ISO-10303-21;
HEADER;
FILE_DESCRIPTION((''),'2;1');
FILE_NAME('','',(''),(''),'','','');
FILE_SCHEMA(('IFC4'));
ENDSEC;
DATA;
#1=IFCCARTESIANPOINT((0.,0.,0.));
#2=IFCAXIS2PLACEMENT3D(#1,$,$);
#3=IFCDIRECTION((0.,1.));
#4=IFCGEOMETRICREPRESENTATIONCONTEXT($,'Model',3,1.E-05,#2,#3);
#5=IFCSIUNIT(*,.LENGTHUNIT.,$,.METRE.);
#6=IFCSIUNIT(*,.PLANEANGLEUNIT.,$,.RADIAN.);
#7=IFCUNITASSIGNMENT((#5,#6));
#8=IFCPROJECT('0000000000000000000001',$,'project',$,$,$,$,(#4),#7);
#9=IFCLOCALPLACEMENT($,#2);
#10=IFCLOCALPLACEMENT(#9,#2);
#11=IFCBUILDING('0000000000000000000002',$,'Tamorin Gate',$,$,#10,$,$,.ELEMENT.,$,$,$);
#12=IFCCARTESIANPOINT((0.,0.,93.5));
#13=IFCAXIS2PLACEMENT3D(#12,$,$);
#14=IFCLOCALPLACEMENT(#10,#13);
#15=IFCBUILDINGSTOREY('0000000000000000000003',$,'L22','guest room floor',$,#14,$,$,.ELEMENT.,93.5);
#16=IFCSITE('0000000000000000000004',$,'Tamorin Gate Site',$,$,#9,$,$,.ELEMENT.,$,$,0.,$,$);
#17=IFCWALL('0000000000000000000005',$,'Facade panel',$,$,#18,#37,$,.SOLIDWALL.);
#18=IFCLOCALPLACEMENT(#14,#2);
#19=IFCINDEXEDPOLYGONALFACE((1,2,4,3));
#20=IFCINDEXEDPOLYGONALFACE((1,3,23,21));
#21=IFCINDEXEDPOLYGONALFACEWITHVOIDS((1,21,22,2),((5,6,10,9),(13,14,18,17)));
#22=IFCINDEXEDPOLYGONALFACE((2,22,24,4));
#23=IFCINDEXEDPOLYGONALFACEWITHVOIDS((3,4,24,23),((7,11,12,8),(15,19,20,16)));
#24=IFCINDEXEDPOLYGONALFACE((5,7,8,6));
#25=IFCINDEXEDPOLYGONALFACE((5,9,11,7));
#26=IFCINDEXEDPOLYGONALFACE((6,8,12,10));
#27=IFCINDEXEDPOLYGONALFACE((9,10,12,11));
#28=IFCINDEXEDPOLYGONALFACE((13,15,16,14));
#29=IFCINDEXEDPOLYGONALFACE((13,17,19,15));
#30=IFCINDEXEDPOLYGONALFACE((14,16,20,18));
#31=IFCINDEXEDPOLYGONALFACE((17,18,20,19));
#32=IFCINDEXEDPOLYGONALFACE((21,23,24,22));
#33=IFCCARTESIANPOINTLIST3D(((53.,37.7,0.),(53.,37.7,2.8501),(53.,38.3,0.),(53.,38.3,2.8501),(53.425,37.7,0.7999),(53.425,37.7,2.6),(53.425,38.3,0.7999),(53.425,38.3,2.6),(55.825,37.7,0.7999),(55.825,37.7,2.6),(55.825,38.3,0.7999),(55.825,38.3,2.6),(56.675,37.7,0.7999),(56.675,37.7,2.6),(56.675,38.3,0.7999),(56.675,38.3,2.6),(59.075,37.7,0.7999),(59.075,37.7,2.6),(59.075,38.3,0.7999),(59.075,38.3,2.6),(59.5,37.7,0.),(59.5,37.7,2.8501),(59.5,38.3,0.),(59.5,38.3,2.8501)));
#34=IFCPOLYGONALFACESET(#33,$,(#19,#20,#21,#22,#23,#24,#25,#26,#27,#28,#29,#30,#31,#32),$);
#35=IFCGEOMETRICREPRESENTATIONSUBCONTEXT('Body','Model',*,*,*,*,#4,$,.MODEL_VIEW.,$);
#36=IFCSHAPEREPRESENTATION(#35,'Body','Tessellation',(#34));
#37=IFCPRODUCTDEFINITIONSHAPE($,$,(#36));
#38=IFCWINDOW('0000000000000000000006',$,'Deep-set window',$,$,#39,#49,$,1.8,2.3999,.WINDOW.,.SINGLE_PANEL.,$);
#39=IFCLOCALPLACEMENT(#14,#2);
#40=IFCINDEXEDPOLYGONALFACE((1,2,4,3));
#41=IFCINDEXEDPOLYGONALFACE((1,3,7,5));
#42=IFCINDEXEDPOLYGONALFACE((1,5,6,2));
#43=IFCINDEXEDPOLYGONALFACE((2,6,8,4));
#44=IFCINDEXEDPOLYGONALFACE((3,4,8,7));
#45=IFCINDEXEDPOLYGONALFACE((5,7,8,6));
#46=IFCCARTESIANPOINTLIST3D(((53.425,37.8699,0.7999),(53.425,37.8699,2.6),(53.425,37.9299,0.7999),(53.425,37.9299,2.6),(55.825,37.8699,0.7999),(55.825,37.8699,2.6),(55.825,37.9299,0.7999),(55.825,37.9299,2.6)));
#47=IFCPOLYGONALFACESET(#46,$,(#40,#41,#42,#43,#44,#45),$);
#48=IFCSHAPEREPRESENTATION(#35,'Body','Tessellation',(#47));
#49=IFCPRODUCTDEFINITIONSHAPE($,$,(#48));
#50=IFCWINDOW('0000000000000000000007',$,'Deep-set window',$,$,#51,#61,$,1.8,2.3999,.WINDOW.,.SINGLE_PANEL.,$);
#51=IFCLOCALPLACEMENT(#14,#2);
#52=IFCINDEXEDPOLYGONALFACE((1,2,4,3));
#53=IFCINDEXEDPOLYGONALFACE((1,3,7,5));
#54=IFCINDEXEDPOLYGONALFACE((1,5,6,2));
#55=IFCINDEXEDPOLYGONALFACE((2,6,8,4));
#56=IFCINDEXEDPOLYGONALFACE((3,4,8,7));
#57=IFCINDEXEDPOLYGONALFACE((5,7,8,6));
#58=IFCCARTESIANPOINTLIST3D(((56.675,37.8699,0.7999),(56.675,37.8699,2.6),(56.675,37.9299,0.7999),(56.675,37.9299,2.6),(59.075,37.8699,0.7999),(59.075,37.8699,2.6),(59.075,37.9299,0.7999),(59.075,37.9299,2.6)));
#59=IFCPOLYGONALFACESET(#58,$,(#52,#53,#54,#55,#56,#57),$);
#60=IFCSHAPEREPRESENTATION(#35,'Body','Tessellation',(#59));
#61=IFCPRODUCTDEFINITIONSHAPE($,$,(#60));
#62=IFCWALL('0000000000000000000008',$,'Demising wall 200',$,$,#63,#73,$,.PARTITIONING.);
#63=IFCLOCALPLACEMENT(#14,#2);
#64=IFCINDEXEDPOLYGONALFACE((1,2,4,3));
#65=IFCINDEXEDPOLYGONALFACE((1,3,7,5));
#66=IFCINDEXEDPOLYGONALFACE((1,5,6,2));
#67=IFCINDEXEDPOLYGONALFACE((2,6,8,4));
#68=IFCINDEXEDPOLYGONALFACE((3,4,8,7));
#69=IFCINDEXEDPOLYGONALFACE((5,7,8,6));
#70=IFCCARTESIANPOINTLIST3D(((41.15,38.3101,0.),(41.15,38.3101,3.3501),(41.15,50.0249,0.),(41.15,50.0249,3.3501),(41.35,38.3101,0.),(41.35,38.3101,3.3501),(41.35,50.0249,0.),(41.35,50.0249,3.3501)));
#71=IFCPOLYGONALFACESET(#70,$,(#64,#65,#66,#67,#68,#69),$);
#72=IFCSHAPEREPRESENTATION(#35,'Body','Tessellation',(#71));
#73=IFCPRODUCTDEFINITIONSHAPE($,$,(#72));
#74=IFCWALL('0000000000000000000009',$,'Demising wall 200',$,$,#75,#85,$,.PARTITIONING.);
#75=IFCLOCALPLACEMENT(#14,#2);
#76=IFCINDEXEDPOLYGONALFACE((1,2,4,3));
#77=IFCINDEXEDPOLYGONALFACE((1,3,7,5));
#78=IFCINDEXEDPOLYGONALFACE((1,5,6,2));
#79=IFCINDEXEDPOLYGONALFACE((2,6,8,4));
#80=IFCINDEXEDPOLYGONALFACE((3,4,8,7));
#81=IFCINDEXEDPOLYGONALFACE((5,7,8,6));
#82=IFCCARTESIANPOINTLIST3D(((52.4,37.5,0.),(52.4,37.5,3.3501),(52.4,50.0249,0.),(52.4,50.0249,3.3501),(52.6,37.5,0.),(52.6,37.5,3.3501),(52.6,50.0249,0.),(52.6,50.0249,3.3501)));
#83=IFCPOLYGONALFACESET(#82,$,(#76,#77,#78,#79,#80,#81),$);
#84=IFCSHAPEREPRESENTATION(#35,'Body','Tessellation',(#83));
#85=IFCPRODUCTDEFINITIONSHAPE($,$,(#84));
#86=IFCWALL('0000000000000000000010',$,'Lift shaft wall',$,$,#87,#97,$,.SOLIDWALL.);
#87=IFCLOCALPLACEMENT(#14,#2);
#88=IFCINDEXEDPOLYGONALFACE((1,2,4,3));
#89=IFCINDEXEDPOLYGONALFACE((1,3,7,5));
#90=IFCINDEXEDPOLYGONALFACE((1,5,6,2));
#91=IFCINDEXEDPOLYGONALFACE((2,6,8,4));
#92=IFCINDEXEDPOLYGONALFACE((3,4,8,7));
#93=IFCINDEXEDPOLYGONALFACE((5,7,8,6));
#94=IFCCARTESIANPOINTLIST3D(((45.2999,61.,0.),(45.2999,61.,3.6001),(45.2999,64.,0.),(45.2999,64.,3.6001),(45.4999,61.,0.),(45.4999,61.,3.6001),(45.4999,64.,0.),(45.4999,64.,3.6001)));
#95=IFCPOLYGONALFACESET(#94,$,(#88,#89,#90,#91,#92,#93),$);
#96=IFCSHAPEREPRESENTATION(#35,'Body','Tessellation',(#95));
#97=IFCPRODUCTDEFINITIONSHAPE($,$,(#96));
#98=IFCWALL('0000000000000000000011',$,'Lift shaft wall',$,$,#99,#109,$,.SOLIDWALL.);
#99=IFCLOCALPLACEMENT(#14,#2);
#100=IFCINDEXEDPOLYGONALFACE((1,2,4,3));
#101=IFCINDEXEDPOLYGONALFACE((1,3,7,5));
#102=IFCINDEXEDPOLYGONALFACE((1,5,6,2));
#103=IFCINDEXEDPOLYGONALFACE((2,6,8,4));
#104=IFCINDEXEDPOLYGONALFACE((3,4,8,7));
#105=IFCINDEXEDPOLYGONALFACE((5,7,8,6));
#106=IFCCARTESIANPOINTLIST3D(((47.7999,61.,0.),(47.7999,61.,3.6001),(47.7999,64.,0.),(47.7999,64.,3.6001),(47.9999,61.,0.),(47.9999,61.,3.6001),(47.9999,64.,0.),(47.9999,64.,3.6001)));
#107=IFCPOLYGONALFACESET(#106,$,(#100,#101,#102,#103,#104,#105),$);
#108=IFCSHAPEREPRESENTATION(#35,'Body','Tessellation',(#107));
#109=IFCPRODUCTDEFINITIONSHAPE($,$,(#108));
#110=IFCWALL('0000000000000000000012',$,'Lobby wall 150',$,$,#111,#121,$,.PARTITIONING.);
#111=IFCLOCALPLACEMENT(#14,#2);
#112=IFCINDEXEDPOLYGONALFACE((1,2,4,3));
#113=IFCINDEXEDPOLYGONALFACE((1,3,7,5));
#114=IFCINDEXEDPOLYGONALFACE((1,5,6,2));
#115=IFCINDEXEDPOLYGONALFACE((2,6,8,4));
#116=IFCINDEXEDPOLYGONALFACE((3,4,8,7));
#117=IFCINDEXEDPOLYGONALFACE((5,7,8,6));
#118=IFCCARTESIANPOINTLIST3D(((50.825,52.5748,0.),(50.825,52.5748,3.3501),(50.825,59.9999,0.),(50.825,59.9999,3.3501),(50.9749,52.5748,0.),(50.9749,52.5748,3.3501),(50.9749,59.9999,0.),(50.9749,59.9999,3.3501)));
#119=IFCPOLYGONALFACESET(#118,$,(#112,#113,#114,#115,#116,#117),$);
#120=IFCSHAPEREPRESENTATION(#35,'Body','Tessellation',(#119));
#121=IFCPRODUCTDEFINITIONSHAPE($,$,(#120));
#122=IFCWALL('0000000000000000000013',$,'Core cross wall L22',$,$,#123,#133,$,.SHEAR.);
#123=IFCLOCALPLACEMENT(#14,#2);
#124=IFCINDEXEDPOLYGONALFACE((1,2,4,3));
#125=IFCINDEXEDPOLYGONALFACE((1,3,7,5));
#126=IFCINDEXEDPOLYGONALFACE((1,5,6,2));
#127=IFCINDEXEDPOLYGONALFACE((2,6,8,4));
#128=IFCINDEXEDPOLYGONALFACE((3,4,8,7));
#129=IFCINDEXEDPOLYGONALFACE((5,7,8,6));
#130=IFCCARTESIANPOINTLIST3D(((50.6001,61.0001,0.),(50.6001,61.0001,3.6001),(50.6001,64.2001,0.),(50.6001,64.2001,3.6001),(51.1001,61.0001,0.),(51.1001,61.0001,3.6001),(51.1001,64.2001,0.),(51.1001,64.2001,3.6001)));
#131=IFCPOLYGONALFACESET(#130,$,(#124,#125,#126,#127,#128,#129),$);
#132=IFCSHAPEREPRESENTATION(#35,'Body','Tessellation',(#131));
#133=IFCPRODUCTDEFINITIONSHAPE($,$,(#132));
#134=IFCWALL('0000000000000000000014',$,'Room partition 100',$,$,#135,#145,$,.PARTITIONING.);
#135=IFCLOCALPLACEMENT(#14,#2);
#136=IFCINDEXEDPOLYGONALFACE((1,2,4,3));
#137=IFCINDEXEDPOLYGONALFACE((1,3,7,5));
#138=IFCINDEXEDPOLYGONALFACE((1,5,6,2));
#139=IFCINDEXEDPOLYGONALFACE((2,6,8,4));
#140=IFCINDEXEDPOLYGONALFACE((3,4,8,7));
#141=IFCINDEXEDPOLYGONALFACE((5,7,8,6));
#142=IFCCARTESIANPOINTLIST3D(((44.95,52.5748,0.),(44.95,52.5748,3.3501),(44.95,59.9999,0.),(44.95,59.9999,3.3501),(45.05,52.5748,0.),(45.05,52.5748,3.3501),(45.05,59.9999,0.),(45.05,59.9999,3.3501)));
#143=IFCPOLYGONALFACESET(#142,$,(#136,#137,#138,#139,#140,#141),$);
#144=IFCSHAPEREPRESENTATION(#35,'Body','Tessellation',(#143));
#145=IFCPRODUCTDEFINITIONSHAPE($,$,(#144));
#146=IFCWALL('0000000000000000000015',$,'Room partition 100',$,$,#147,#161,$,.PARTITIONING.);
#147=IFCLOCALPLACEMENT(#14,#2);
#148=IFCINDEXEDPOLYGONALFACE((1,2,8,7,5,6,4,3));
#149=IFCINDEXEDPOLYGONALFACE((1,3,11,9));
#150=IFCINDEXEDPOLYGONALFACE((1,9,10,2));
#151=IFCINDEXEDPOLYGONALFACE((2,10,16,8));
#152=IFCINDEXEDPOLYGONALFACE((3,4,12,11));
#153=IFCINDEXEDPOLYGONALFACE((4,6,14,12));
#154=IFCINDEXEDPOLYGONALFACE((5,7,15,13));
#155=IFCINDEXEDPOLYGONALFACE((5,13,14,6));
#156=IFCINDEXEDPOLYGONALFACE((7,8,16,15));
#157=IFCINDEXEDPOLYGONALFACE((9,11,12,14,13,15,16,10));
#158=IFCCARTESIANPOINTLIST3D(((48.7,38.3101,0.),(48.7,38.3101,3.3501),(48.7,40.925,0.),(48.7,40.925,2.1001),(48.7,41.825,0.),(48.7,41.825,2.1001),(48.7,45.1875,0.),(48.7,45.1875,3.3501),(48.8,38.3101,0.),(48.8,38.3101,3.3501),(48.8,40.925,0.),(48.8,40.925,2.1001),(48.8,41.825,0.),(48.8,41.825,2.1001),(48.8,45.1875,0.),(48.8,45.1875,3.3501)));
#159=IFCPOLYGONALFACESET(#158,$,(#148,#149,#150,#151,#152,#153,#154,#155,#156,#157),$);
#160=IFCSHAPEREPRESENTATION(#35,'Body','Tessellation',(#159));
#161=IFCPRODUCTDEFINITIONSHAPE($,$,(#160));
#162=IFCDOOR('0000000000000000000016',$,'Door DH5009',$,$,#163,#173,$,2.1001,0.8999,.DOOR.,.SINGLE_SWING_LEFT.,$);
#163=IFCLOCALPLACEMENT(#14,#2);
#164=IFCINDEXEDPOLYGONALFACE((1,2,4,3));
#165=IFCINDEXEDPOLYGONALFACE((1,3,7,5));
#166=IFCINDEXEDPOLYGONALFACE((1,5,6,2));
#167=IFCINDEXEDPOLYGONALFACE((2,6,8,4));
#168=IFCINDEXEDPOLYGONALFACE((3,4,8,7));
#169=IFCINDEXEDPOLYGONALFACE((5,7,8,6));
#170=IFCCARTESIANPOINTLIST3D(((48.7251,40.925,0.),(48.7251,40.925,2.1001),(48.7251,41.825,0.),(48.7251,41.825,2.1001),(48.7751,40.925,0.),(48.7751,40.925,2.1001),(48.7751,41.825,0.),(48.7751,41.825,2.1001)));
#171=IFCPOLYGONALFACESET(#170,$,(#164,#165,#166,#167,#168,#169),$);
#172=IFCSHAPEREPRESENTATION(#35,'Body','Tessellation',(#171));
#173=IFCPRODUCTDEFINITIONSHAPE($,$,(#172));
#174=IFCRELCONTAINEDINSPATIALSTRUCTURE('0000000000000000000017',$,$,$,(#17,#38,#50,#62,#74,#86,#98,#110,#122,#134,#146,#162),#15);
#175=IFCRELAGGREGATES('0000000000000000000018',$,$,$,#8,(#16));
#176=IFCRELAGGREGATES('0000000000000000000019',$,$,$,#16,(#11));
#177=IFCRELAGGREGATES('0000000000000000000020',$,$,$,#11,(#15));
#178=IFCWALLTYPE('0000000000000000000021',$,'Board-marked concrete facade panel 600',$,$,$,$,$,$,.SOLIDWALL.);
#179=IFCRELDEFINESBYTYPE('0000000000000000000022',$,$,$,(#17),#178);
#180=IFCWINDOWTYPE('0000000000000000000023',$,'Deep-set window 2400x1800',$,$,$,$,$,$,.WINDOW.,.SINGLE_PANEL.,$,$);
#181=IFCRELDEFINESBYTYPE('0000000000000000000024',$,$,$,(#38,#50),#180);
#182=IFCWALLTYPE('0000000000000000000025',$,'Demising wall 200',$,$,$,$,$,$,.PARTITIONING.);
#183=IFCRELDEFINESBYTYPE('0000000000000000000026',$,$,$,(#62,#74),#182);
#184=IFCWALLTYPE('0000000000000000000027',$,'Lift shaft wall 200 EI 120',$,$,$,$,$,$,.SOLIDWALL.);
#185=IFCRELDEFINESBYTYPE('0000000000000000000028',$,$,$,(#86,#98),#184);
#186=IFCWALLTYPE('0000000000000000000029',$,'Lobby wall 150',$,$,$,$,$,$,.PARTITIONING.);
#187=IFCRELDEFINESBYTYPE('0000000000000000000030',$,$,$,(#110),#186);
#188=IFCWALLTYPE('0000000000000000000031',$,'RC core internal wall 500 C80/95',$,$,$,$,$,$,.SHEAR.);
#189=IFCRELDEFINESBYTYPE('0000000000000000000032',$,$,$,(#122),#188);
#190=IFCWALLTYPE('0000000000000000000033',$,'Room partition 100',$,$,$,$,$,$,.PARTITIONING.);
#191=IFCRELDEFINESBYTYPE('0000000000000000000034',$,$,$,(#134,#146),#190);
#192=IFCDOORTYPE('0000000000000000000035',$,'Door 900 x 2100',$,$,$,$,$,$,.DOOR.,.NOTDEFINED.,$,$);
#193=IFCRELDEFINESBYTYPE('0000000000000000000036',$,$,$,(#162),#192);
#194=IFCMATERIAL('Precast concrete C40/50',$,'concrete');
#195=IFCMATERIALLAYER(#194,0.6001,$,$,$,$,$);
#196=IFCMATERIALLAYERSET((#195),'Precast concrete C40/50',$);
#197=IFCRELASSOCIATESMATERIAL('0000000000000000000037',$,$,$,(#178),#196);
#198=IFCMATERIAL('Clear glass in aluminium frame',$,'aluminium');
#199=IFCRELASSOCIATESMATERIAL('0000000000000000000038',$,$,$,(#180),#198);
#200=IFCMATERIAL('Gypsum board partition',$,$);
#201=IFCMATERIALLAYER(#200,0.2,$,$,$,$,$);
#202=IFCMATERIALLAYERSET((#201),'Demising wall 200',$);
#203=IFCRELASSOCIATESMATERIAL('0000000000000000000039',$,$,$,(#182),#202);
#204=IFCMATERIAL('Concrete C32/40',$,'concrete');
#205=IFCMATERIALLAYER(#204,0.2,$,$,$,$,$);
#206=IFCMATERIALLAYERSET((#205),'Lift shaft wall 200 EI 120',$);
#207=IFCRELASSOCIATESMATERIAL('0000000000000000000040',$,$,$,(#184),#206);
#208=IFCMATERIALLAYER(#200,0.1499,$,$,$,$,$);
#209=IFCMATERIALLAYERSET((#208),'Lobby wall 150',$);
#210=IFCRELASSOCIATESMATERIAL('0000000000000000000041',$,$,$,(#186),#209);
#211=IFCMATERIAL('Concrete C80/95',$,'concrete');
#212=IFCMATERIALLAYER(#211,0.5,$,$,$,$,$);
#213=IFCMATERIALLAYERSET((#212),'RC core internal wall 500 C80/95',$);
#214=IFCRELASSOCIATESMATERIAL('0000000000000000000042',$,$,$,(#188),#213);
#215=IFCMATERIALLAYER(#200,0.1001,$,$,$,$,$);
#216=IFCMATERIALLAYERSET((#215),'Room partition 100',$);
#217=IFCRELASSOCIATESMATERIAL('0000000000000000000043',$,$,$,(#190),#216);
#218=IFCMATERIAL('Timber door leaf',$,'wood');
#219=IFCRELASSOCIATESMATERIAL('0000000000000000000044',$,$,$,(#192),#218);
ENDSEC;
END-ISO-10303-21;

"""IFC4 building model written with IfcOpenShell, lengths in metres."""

from ifc_helpers import new_model, si_unit, direction, frame, frame_2d, origin, place, context, subcontext, project, spatial, rectangle, extrude, material, layer, layer_set, type_object, element, fill, save


model = new_model("IFC4")

# Units and contexts
model_context = context("Model", 3, precision=1e-05, world=origin(), true_north=direction((0.0, 1.0)))
body_context = subcontext(model_context, "Body", "Model", "MODEL_VIEW")
ifc_project = project(units=[si_unit("LENGTHUNIT", "METRE"), si_unit("PLANEANGLEUNIT", "RADIAN")], contexts=[model_context])

# Site, building, storey
site_placement = place(None, origin())
site = spatial("IfcSite", under=ifc_project, at=site_placement, Name="Tamorin Gate Site", CompositionType="ELEMENT", RefElevation=0.0)
building_placement = place(site_placement, origin())
building = spatial("IfcBuilding", under=site, at=building_placement, Name="Tamorin Gate", CompositionType="ELEMENT")
storey_placement = place(building_placement, frame((0.0, 0.0, 93.5)))
storey = spatial("IfcBuildingStorey", under=building, at=storey_placement, Name="L22", Description="guest room floor", CompositionType="ELEMENT", Elevation=93.5)

# Shared definitions
ifc_material_1 = material(Name="Concrete C80/95", Category="concrete")

# Wall, openings, windows
ifc_material_2 = material(Name="Precast concrete C40/50", Category="concrete")
ifc_layer_1 = layer(ifc_material_2, 0.6001)
ifc_layer_set_1 = layer_set([ifc_layer_1], Name="Precast concrete C40/50")
wall_type_1 = type_object("IfcWallType", Name="Board-marked concrete facade panel 600", PredefinedType="SOLIDWALL", material=ifc_layer_set_1)
ifc_material_3 = material(Name="Clear glass in aluminium frame", Category="aluminium")
window_type = type_object("IfcWindowType", Name="Deep-set window 2400x1800", PartitioningType="SINGLE_PANEL", PredefinedType="WINDOW", material=ifc_material_3)
wall_1_placement = place(storey_placement, frame((53.0, 38.0, 0.0), z_axis=(0.0, 0.0, 1.0), x_axis=(1.0, 0.0, 0.0)))
wall_1 = element("IfcWall", 1, at=wall_1_placement, inside=storey, type_object=wall_type_1, Name="Facade panel", PredefinedType="SOLIDWALL", context=body_context, shape_type="SweptSolid", body=[
    extrude(rectangle(XDim=6.5, YDim=0.6001, at=frame_2d((3.25, 0.0))), origin(), (0.0, 0.0, 1.0), 2.8501),
])
opening_1_placement = place(wall_1_placement, frame((0.425, 0.0, 0.8)))
opening_1 = element("IfcOpeningElement", 2, at=opening_1_placement, cuts=wall_1, PredefinedType="OPENING", context=body_context, shape_type="SweptSolid", body=[
    extrude(rectangle(XDim=2.3999, YDim=1.8, at=frame_2d((1.2, 0.8999))), frame((0.0, 0.3101, 0.0), z_axis=(0.0, -1.0, 0.0), x_axis=(1.0, 0.0, 0.0)), (0.0, 0.0, 1.0), 0.6201),
])
opening_2_placement = place(wall_1_placement, frame((3.675, 0.0, 0.8)))
opening_2 = element("IfcOpeningElement", 3, at=opening_2_placement, cuts=wall_1, PredefinedType="OPENING", context=body_context, shape_type="SweptSolid", body=[
    extrude(rectangle(XDim=2.3999, YDim=1.8, at=frame_2d((1.2, 0.8999))), frame((0.0, 0.3101, 0.0), z_axis=(0.0, -1.0, 0.0), x_axis=(1.0, 0.0, 0.0)), (0.0, 0.0, 1.0), 0.6201),
])
window_1_placement = place(opening_1_placement, origin())
window_1 = element("IfcWindow", 4, at=window_1_placement, inside=storey, type_object=window_type, Name="Deep-set window", OverallHeight=1.8, OverallWidth=2.3999, PartitioningType="SINGLE_PANEL", PredefinedType="WINDOW", context=body_context, shape_type="SweptSolid", body=[
    extrude(rectangle(XDim=2.3999, YDim=1.8, at=frame_2d((1.2, 0.8999))), frame((0.0, -0.0701, 0.0), z_axis=(0.0, -1.0, 0.0), x_axis=(1.0, 0.0, 0.0)), (0.0, 0.0, 1.0), 0.0601),
])
fill(opening_1, window_1)
window_2_placement = place(opening_2_placement, origin())
window_2 = element("IfcWindow", 5, at=window_2_placement, inside=storey, type_object=window_type, Name="Deep-set window", OverallHeight=1.8, OverallWidth=2.3999, PartitioningType="SINGLE_PANEL", PredefinedType="WINDOW", context=body_context, shape_type="SweptSolid", body=[
    extrude(rectangle(XDim=2.3999, YDim=1.8, at=frame_2d((1.2, 0.8999))), frame((0.0, -0.0701, 0.0), z_axis=(0.0, -1.0, 0.0), x_axis=(1.0, 0.0, 0.0)), (0.0, 0.0, 1.0), 0.0601),
])
fill(opening_2, window_2)

# Walls
ifc_material_4 = material(Name="Gypsum board partition")
ifc_layer_2 = layer(ifc_material_4, 0.2)
ifc_layer_set_2 = layer_set([ifc_layer_2], Name="Demising wall 200")
wall_type_2 = type_object("IfcWallType", Name="Demising wall 200", PredefinedType="PARTITIONING", material=ifc_layer_set_2)
wall_2_placement = place(storey_placement, frame((41.25, 38.3101, 0.0), z_axis=(0.0, 0.0, 1.0), x_axis=(0.0, 1.0, 0.0)))
element("IfcWall", 6, at=wall_2_placement, inside=storey, type_object=wall_type_2, Name="Demising wall 200", PredefinedType="PARTITIONING", context=body_context, shape_type="SweptSolid", body=[
    extrude(rectangle(XDim=11.7148, YDim=0.2, at=frame_2d((5.8574, 0.0))), origin(), (0.0, 0.0, 1.0), 3.3501),
])
wall_3_placement = place(storey_placement, frame((52.5, 37.5, 0.0), z_axis=(0.0, 0.0, 1.0), x_axis=(0.0, 1.0, 0.0)))
element("IfcWall", 7, at=wall_3_placement, inside=storey, type_object=wall_type_2, Name="Demising wall 200", PredefinedType="PARTITIONING", context=body_context, shape_type="SweptSolid", body=[
    extrude(rectangle(XDim=12.5249, YDim=0.2, at=frame_2d((6.2625, 0.0))), origin(), (0.0, 0.0, 1.0), 3.3501),
])
ifc_material_5 = material(Name="Concrete C32/40", Category="concrete")
ifc_layer_3 = layer(ifc_material_5, 0.2)
ifc_layer_set_3 = layer_set([ifc_layer_3], Name="Lift shaft wall 200 EI 120")
wall_type_3 = type_object("IfcWallType", Name="Lift shaft wall 200 EI 120", PredefinedType="SOLIDWALL", material=ifc_layer_set_3)
for number, where, z_axis, x_axis, name in (
    (8, (45.3999, 61.0, 0.0), (0.0, 0.0, 1.0), (0.0, 1.0, 0.0), "Lift shaft wall"),
    (9, (47.8999, 61.0, 0.0), (0.0, 0.0, 1.0), (0.0, 1.0, 0.0), "Lift shaft wall"),
):
    element("IfcWall", number, at=place(storey_placement, frame(where, z_axis=z_axis, x_axis=x_axis)), inside=storey, type_object=wall_type_3, Name=name, PredefinedType="SOLIDWALL", context=body_context, shape_type="SweptSolid", body=[
        extrude(rectangle(XDim=3.0, YDim=0.2, at=frame_2d((1.5, 0.0))), origin(), (0.0, 0.0, 1.0), 3.6001),
    ])
ifc_layer_4 = layer(ifc_material_4, 0.1499)
ifc_layer_set_4 = layer_set([ifc_layer_4], Name="Lobby wall 150")
wall_type_4 = type_object("IfcWallType", Name="Lobby wall 150", PredefinedType="PARTITIONING", material=ifc_layer_set_4)
wall_4_placement = place(storey_placement, frame((50.8999, 52.575, 0.0), z_axis=(0.0, 0.0, 1.0), x_axis=(0.0, 1.0, 0.0)))
element("IfcWall", 10, at=wall_4_placement, inside=storey, type_object=wall_type_4, Name="Lobby wall 150", PredefinedType="PARTITIONING", context=body_context, shape_type="SweptSolid", body=[
    extrude(rectangle(XDim=7.425, YDim=0.1499, at=frame_2d((3.7124, 0.0))), origin(), (0.0, 0.0, 1.0), 3.3501),
])
ifc_layer_5 = layer(ifc_material_1, 0.5)
ifc_layer_set_5 = layer_set([ifc_layer_5], Name="RC core internal wall 500 C80/95")
wall_type_5 = type_object("IfcWallType", Name="RC core internal wall 500 C80/95", PredefinedType="SHEAR", material=ifc_layer_set_5)
wall_5_placement = place(storey_placement, frame((50.8501, 61.0, 0.0), z_axis=(0.0, 0.0, 1.0), x_axis=(0.0, 1.0, 0.0)))
element("IfcWall", 11, at=wall_5_placement, inside=storey, type_object=wall_type_5, Name="Core cross wall L22", PredefinedType="SHEAR", context=body_context, shape_type="SweptSolid", body=[
    extrude(rectangle(XDim=3.2, YDim=0.5, at=frame_2d((1.6001, 0.0))), origin(), (0.0, 0.0, 1.0), 3.6001),
])
ifc_layer_6 = layer(ifc_material_4, 0.1001)
ifc_layer_set_6 = layer_set([ifc_layer_6], Name="Room partition 100")
wall_type_6 = type_object("IfcWallType", Name="Room partition 100", PredefinedType="PARTITIONING", material=ifc_layer_set_6)
wall_6_placement = place(storey_placement, frame((45.0, 52.575, 0.0), z_axis=(0.0, 0.0, 1.0), x_axis=(0.0, 1.0, 0.0)))
element("IfcWall", 12, at=wall_6_placement, inside=storey, type_object=wall_type_6, Name="Room partition 100", PredefinedType="PARTITIONING", context=body_context, shape_type="SweptSolid", body=[
    extrude(rectangle(XDim=7.425, YDim=0.1001, at=frame_2d((3.7124, 0.0))), origin(), (0.0, 0.0, 1.0), 3.3501),
])

# Wall, opening, door
wall_7_placement = place(storey_placement, frame((48.75, 38.3101, 0.0), z_axis=(0.0, 0.0, 1.0), x_axis=(0.0, 1.0, 0.0)))
wall_7 = element("IfcWall", 13, at=wall_7_placement, inside=storey, type_object=wall_type_6, Name="Room partition 100", PredefinedType="PARTITIONING", context=body_context, shape_type="SweptSolid", body=[
    extrude(rectangle(XDim=6.8774, YDim=0.1001, at=frame_2d((3.4387, 0.0))), origin(), (0.0, 0.0, 1.0), 3.3501),
])
opening_3_placement = place(wall_7_placement, frame((2.615, 0.0, 0.0)))
opening_3 = element("IfcOpeningElement", 14, at=opening_3_placement, cuts=wall_7, PredefinedType="OPENING", context=body_context, shape_type="SweptSolid", body=[
    extrude(rectangle(XDim=0.8999, YDim=2.1001, at=frame_2d((0.45, 1.05))), frame((0.0, 0.0601, 0.0), z_axis=(0.0, -1.0, 0.0), x_axis=(1.0, 0.0, 0.0)), (0.0, 0.0, 1.0), 0.1201),
])
ifc_material_6 = material(Name="Timber door leaf", Category="wood")
door_type_1 = type_object("IfcDoorType", Name="Door 900 x 2100", OperationType="NOTDEFINED", PredefinedType="DOOR", material=ifc_material_6)
door_1_placement = place(opening_3_placement, origin())
door_1 = element("IfcDoor", 15, at=door_1_placement, inside=storey, type_object=door_type_1, Name="Door DH5009", OperationType="SINGLE_SWING_LEFT", OverallHeight=2.1001, OverallWidth=0.8999, PredefinedType="DOOR", context=body_context, shape_type="SweptSolid", body=[
    extrude(rectangle(XDim=0.8999, YDim=2.1001, at=frame_2d((0.45, 1.05))), frame((0.0, 0.0249, 0.0), z_axis=(0.0, -1.0, 0.0), x_axis=(1.0, 0.0, 0.0)), (0.0, 0.0, 1.0), 0.05),
])
fill(opening_3, door_1)

save(model, "model.ifc")
